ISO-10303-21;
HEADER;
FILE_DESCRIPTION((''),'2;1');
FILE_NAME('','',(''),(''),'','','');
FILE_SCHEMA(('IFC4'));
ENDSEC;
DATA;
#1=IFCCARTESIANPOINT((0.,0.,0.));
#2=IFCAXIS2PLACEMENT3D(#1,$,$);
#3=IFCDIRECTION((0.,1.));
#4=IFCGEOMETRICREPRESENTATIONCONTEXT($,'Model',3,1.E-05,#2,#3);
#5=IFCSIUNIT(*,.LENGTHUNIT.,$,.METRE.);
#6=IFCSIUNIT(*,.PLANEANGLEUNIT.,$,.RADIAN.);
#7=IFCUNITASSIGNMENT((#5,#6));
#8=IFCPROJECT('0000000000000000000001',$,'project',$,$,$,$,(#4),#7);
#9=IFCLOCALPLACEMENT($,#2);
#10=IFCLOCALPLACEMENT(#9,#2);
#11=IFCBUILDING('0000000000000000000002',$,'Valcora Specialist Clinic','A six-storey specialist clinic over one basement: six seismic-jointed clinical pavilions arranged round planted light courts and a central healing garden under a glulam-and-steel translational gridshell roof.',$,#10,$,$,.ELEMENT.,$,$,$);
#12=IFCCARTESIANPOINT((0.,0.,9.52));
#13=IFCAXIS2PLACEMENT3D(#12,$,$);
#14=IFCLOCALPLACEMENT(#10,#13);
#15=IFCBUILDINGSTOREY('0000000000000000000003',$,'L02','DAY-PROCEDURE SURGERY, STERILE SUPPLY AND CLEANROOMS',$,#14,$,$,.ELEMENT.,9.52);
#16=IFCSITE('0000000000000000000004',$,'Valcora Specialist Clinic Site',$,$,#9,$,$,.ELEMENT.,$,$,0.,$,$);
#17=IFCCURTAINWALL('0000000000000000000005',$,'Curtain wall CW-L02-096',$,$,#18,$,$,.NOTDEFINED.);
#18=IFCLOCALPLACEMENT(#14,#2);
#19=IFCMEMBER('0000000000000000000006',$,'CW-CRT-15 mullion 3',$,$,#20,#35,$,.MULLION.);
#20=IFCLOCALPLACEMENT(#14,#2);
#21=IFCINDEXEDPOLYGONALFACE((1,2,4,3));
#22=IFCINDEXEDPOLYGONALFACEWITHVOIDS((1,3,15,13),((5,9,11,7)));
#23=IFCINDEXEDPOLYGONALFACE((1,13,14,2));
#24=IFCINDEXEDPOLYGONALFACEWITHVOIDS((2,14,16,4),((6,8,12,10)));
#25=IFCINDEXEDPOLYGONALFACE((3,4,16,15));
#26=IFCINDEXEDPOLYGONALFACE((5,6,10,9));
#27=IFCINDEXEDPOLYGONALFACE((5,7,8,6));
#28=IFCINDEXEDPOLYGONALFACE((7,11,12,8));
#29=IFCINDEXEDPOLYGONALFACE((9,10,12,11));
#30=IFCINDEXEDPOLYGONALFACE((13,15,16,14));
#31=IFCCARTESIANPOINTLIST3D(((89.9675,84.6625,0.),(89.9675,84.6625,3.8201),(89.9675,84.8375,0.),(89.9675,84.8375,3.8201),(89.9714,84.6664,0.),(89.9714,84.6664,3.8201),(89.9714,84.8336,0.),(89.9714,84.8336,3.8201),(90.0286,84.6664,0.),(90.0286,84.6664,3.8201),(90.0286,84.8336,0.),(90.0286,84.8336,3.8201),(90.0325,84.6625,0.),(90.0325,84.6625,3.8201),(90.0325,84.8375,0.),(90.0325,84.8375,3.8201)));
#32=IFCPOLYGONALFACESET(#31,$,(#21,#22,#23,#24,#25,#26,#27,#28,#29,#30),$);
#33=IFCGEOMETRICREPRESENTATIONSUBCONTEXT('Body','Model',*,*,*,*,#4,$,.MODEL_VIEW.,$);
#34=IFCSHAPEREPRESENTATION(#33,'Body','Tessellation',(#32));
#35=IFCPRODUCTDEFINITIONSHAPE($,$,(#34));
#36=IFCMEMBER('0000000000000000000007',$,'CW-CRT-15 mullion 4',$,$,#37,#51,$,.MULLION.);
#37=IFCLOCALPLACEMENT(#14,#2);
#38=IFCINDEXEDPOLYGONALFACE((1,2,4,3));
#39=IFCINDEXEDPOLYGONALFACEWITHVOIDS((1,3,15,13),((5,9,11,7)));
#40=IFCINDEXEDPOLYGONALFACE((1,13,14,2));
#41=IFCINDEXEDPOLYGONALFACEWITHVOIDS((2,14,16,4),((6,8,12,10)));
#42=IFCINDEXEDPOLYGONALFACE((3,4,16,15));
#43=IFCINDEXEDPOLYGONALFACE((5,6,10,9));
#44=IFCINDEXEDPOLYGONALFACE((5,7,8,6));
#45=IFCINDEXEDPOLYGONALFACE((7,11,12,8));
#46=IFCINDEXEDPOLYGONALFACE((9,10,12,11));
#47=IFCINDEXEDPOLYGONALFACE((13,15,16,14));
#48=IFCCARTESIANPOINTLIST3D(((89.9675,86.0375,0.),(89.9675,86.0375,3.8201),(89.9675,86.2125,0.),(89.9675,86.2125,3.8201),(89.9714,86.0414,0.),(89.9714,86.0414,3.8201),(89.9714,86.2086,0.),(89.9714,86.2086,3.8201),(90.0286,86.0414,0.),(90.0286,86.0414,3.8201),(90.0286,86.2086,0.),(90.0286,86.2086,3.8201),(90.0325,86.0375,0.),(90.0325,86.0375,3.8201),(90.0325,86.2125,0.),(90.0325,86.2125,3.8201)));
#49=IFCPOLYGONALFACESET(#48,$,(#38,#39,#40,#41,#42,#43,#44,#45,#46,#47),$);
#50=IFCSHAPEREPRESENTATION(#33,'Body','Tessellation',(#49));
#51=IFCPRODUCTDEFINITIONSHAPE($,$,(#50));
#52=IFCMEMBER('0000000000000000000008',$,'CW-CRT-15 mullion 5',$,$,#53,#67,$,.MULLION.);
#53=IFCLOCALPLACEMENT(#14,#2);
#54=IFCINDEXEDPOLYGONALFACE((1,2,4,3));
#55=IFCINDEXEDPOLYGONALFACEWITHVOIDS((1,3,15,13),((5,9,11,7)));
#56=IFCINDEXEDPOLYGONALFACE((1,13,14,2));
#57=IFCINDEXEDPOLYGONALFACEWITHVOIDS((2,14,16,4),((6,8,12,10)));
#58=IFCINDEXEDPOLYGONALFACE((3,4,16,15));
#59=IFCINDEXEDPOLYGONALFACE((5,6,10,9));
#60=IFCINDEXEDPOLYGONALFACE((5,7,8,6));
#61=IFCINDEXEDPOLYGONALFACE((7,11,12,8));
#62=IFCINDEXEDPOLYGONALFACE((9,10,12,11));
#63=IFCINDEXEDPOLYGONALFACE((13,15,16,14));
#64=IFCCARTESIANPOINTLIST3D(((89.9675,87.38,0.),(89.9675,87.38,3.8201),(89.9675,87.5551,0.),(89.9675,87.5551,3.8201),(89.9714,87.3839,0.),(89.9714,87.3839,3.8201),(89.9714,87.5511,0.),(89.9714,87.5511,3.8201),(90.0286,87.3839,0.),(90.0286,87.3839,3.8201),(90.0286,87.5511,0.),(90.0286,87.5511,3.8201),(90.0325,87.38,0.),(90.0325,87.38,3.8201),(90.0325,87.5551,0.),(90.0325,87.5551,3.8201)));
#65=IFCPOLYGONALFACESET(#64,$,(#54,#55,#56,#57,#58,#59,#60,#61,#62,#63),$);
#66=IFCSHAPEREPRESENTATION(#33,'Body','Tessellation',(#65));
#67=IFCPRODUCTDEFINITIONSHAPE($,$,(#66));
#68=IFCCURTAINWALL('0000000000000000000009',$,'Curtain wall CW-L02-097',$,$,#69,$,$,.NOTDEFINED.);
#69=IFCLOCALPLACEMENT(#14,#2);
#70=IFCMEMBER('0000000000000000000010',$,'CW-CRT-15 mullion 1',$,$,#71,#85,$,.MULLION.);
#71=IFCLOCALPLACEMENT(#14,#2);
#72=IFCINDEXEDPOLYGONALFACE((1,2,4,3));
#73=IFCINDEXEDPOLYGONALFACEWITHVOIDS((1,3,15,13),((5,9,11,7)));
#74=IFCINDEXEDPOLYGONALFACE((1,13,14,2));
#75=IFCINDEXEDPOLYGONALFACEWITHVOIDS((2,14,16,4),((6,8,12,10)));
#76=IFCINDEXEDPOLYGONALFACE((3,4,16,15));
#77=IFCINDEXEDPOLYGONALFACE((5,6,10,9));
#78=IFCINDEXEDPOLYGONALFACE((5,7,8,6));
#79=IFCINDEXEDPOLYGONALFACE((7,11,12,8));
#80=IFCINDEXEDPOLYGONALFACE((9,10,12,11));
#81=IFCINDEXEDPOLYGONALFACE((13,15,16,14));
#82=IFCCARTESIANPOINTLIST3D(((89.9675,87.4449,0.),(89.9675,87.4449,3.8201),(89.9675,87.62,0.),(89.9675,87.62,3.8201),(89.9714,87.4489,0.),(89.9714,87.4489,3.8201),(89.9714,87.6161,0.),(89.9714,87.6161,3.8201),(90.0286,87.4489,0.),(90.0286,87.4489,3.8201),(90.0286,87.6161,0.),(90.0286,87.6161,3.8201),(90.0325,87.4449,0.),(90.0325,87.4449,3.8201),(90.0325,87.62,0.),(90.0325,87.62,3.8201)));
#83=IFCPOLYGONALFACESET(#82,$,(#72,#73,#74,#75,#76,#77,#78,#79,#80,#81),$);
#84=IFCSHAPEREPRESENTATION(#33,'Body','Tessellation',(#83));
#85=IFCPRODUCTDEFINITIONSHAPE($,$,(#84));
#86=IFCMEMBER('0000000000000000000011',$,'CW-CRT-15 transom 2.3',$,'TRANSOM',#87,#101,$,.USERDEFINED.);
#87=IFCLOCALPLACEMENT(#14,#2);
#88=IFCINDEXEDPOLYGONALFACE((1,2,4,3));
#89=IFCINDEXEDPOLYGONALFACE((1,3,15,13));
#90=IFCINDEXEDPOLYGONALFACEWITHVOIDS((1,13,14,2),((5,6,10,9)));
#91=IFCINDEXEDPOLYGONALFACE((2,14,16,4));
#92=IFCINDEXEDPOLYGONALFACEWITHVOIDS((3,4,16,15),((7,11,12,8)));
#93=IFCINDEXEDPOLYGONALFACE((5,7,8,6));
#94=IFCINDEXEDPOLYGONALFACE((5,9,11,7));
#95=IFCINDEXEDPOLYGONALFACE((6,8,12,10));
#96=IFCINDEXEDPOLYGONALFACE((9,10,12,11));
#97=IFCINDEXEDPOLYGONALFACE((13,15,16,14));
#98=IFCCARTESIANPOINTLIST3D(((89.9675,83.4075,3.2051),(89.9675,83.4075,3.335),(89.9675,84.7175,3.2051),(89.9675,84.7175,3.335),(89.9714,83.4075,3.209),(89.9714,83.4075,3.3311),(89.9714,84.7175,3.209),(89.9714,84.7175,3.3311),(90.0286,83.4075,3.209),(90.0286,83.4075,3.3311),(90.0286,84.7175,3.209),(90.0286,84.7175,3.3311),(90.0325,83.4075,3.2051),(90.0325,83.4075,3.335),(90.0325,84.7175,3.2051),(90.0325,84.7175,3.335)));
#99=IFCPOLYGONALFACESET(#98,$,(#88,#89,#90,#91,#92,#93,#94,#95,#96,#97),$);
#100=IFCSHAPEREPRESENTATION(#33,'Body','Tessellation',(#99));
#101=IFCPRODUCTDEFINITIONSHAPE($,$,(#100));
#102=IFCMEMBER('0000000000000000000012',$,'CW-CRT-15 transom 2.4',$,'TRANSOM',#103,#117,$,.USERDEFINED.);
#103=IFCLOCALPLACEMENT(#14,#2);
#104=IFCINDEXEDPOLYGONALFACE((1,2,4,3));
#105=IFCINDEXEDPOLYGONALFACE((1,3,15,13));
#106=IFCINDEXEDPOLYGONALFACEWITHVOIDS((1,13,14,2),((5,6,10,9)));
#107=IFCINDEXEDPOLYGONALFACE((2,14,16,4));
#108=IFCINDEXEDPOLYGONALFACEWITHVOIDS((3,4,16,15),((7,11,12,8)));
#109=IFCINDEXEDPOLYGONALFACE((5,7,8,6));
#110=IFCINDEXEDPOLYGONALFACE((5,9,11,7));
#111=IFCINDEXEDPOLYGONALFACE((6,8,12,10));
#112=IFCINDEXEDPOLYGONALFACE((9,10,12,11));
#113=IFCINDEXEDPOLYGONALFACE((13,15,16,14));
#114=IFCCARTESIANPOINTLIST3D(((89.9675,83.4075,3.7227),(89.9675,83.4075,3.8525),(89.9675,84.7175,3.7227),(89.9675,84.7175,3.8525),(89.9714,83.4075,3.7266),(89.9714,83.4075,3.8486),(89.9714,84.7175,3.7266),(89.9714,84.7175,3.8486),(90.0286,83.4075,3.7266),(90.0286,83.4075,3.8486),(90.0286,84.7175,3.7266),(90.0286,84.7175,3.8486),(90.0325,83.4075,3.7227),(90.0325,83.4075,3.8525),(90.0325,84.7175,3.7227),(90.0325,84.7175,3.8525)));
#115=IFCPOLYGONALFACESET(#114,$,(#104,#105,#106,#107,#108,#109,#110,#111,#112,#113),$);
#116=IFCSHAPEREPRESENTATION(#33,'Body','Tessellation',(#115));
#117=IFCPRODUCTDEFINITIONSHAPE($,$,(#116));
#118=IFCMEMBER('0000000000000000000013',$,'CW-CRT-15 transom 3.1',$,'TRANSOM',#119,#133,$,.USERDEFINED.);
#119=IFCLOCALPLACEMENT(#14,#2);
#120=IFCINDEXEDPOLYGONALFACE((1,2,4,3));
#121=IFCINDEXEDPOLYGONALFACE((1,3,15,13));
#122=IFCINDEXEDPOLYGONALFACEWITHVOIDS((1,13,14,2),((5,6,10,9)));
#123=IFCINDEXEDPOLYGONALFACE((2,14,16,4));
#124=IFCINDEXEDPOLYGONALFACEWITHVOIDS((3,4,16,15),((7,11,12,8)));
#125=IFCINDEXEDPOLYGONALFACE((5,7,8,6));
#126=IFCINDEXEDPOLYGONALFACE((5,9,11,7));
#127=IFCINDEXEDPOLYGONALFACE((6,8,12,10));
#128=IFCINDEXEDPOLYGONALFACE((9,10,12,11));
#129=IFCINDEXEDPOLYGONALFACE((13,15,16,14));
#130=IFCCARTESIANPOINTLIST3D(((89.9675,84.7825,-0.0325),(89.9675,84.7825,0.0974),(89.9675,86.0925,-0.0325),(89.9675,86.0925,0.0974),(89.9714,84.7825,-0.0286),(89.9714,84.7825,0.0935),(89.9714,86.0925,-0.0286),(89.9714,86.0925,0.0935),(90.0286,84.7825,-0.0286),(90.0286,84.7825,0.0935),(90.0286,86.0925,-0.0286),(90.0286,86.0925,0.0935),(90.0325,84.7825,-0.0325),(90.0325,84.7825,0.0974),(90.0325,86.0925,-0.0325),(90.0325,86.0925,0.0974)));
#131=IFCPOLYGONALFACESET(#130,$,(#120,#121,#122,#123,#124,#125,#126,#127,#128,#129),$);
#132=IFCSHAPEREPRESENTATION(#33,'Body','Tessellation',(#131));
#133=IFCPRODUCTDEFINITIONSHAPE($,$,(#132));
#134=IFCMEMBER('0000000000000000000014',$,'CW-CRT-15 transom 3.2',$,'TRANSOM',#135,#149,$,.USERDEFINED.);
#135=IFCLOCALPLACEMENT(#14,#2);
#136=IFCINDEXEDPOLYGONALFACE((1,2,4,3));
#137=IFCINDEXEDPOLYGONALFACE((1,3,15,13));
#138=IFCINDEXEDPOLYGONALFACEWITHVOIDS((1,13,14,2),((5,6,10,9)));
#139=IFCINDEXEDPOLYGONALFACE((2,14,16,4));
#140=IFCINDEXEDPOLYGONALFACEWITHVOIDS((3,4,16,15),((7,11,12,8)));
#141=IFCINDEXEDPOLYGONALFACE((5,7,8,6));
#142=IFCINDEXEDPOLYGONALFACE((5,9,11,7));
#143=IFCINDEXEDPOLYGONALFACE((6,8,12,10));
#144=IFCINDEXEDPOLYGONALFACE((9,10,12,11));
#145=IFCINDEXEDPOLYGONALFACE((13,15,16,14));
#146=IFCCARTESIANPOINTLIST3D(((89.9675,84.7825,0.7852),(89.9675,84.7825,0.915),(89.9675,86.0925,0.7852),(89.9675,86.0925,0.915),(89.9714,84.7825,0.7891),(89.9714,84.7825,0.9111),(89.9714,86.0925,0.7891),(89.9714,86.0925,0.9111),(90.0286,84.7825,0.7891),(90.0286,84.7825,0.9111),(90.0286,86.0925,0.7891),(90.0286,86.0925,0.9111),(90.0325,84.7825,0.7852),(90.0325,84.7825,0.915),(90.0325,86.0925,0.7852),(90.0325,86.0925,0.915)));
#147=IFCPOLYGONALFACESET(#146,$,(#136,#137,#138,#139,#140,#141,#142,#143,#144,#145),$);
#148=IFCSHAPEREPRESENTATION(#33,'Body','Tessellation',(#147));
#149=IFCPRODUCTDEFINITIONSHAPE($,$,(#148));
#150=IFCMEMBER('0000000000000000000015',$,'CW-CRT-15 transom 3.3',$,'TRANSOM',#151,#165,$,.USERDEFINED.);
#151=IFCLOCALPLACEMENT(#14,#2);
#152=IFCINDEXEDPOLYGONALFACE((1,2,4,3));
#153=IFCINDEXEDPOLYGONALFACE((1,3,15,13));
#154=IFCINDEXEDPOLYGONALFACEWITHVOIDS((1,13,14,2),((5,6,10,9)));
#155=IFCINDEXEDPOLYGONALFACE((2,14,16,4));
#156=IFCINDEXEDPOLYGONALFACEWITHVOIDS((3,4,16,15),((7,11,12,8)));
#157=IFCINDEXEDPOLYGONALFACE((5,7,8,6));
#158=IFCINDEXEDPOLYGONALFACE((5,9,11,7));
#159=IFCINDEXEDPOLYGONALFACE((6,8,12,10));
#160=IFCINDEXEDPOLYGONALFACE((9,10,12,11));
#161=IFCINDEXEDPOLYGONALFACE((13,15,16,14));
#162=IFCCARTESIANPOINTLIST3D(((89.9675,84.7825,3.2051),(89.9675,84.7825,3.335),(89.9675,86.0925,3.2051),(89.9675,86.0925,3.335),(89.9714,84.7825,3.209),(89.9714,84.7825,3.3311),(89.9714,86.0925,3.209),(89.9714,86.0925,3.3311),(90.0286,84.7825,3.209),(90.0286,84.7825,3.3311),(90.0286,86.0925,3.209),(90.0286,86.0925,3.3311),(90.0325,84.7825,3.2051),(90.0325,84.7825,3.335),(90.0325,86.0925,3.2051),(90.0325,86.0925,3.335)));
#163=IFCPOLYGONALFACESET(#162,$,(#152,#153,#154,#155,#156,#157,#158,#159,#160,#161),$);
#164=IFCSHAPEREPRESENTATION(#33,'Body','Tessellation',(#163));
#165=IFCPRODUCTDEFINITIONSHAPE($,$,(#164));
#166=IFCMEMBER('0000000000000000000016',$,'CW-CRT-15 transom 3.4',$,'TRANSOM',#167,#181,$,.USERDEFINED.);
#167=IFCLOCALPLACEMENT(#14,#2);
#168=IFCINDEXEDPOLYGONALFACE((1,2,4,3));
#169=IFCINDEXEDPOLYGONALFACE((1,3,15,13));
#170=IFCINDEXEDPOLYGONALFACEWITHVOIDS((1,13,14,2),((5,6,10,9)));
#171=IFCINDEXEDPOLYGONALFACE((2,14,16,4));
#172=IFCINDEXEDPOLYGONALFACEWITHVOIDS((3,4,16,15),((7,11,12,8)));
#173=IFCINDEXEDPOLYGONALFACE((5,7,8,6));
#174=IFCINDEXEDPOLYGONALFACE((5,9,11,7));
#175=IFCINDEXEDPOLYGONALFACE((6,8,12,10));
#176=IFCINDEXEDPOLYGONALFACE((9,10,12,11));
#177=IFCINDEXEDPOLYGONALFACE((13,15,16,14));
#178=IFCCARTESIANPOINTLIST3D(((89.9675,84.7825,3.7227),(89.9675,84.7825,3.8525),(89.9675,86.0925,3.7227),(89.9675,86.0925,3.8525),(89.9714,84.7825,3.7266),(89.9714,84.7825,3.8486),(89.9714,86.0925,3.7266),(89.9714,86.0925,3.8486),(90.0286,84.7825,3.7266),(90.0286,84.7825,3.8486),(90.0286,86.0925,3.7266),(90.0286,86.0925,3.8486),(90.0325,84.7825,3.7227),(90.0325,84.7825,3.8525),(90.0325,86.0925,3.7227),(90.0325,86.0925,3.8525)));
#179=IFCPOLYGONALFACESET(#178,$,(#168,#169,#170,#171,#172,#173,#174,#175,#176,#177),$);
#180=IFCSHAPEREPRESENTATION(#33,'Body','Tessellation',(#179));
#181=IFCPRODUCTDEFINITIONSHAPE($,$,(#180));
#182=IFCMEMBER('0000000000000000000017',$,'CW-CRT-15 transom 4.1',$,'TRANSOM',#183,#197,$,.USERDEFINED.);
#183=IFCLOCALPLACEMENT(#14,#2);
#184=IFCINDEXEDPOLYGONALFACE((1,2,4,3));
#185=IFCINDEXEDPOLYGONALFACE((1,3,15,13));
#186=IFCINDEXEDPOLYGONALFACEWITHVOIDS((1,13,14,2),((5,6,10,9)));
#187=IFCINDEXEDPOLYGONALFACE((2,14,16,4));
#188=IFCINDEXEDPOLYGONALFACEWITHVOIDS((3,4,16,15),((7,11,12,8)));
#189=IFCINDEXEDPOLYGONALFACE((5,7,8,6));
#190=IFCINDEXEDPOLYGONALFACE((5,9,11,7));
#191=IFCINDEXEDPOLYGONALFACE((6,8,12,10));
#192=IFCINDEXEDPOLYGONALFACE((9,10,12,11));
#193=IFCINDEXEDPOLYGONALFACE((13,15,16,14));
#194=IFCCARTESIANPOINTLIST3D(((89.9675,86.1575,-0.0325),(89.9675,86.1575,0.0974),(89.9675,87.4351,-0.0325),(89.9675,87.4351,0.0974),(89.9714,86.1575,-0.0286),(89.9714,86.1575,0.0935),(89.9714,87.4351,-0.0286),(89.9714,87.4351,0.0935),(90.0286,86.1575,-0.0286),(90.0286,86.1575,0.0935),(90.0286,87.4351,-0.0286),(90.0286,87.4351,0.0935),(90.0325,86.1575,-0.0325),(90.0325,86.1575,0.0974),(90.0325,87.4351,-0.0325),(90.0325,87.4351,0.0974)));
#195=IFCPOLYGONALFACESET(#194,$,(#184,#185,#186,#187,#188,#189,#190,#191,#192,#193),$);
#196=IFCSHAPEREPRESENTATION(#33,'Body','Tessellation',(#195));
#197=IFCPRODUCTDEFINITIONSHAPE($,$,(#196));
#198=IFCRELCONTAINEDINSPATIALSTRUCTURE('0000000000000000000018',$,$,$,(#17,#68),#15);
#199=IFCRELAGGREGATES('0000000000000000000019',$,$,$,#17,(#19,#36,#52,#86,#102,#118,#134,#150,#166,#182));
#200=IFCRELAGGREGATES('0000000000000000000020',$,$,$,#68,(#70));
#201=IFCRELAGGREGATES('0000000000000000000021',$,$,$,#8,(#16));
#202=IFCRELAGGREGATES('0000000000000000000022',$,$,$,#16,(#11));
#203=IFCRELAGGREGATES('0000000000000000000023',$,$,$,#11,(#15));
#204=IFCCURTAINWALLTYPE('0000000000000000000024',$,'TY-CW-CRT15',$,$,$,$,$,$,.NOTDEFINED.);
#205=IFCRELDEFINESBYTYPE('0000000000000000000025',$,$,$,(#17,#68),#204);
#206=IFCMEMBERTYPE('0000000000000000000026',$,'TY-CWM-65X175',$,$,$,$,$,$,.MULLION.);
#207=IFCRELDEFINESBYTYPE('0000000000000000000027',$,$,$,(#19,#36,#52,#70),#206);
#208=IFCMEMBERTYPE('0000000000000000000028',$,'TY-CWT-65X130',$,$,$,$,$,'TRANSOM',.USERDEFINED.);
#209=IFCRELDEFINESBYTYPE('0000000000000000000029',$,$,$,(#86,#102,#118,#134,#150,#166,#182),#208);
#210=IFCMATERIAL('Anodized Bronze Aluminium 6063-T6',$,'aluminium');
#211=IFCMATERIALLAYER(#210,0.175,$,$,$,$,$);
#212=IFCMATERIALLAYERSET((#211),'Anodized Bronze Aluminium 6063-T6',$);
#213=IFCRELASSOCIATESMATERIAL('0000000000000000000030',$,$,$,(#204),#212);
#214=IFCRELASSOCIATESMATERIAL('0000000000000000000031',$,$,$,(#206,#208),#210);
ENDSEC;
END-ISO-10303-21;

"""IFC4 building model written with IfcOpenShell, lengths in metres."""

from ifc_helpers import new_model, si_unit, direction, frame, origin, origin_2d, place, context, subcontext, project, spatial, hollow_rectangle, extrude, material, layer, layer_set, material_profile, profile_set, type_object, element, aggregate, save


model = new_model("IFC4")

# Units and contexts
model_context = context("Model", 3, precision=1e-05, world=origin(), true_north=direction((0.0, 1.0)))
body_context = subcontext(model_context, "Body", "Model", "MODEL_VIEW")
ifc_project = project(units=[si_unit("LENGTHUNIT", "METRE"), si_unit("PLANEANGLEUNIT", "RADIAN")], contexts=[model_context])

# Site, building, storey
site_placement = place(None, origin())
site = spatial("IfcSite", under=ifc_project, at=site_placement, Name="Valcora Specialist Clinic Site", CompositionType="ELEMENT", RefElevation=0.0)
building_placement = place(site_placement, origin())
building = spatial("IfcBuilding", under=site, at=building_placement, Name="Valcora Specialist Clinic", Description="A six-storey specialist clinic over one basement: six seismic-jointed clinical pavilions arranged round planted light courts and a central healing garden under a glulam-and-steel translational gridshell roof.", CompositionType="ELEMENT")
storey_placement = place(building_placement, frame((0.0, 0.0, 9.52)))
storey = spatial("IfcBuildingStorey", under=building, at=storey_placement, Name="L02", Description="DAY-PROCEDURE SURGERY, STERILE SUPPLY AND CLEANROOMS", CompositionType="ELEMENT", Elevation=9.52)

# Curtain wall, members
ifc_material_1 = material(Name="Anodized Bronze Aluminium 6063-T6", Category="aluminium")
ifc_layer_1 = layer(ifc_material_1, 0.175)
ifc_layer_set_1 = layer_set([ifc_layer_1], Name="Anodized Bronze Aluminium 6063-T6")
curtain_wall_type = type_object("IfcCurtainWallType", Name="TY-CW-CRT15", PredefinedType="NOTDEFINED", material=ifc_layer_set_1)
curtain_wall_1_placement = place(storey_placement, origin())
curtain_wall_1 = element("IfcCurtainWall", 1, at=curtain_wall_1_placement, inside=storey, type_object=curtain_wall_type, Name="Curtain wall CW-L02-096", PredefinedType="NOTDEFINED")
ifc_material_profile_1 = material_profile(ifc_material_1, hollow_rectangle(XDim=0.0649, YDim=0.175, WallThickness=0.0039, at=origin_2d()), Name="AL-MUL-65X175")
ifc_profile_set_1 = profile_set([ifc_material_profile_1], Name="Anodized Bronze Aluminium 6063-T6")
member_type_1 = type_object("IfcMemberType", Name="TY-CWM-65X175", PredefinedType="MULLION", material=ifc_profile_set_1)
member_1_placement = place(storey_placement, frame((90.0, 84.75, 0.0), z_axis=(0.0, 0.0, 1.0), x_axis=(-1.0, 0.0, 0.0)))
member_1 = element("IfcMember", 2, at=member_1_placement, type_object=member_type_1, Name="CW-CRT-15 mullion 3", PredefinedType="MULLION", context=body_context, shape_type="SweptSolid", body=[
    extrude(hollow_rectangle(XDim=0.0649, YDim=0.175, WallThickness=0.0039, at=origin_2d()), origin(), (0.0, 0.0, 1.0), 3.8201),
])
member_2_placement = place(storey_placement, frame((90.0, 86.125, 0.0), z_axis=(0.0, 0.0, 1.0), x_axis=(-1.0, 0.0, 0.0)))
member_2 = element("IfcMember", 3, at=member_2_placement, type_object=member_type_1, Name="CW-CRT-15 mullion 4", PredefinedType="MULLION", context=body_context, shape_type="SweptSolid", body=[
    extrude(hollow_rectangle(XDim=0.0649, YDim=0.175, WallThickness=0.0039, at=origin_2d()), origin(), (0.0, 0.0, 1.0), 3.8201),
])
member_3_placement = place(storey_placement, frame((90.0, 87.4675, 0.0), z_axis=(0.0, 0.0, 1.0), x_axis=(-1.0, 0.0, 0.0)))
member_3 = element("IfcMember", 4, at=member_3_placement, type_object=member_type_1, Name="CW-CRT-15 mullion 5", PredefinedType="MULLION", context=body_context, shape_type="SweptSolid", body=[
    extrude(hollow_rectangle(XDim=0.0649, YDim=0.175, WallThickness=0.0039, at=origin_2d()), origin(), (0.0, 0.0, 1.0), 3.8201),
])

# Curtain wall, member
curtain_wall_2_placement = place(storey_placement, origin())
curtain_wall_2 = element("IfcCurtainWall", 5, at=curtain_wall_2_placement, inside=storey, type_object=curtain_wall_type, Name="Curtain wall CW-L02-097", PredefinedType="NOTDEFINED")
member_4_placement = place(storey_placement, frame((90.0, 87.5325, 0.0), z_axis=(0.0, 0.0, 1.0), x_axis=(-1.0, 0.0, 0.0)))
member_4 = element("IfcMember", 6, at=member_4_placement, type_object=member_type_1, Name="CW-CRT-15 mullion 1", PredefinedType="MULLION", context=body_context, shape_type="SweptSolid", body=[
    extrude(hollow_rectangle(XDim=0.0649, YDim=0.175, WallThickness=0.0039, at=origin_2d()), origin(), (0.0, 0.0, 1.0), 3.8201),
])

# Members
ifc_material_profile_2 = material_profile(ifc_material_1, hollow_rectangle(XDim=0.0649, YDim=0.1299, WallThickness=0.0039, at=origin_2d()), Name="AL-TRN-65X130")
ifc_profile_set_2 = profile_set([ifc_material_profile_2], Name="Anodized Bronze Aluminium 6063-T6")
member_type_2 = type_object("IfcMemberType", Name="TY-CWT-65X130", ElementType="TRANSOM", PredefinedType="USERDEFINED", material=ifc_profile_set_2)
member_5_placement = place(storey_placement, frame((90.0, 83.4075, 3.27), z_axis=(0.0, 1.0, 0.0), x_axis=(-1.0, 0.0, 0.0)))
member_5 = element("IfcMember", 7, at=member_5_placement, type_object=member_type_2, Name="CW-CRT-15 transom 2.3", ObjectType="TRANSOM", PredefinedType="USERDEFINED", context=body_context, shape_type="SweptSolid", body=[
    extrude(hollow_rectangle(XDim=0.0649, YDim=0.1299, WallThickness=0.0039, at=origin_2d()), origin(), (0.0, 0.0, 1.0), 1.3101),
])
member_6_placement = place(storey_placement, frame((90.0, 83.4075, 3.7876), z_axis=(0.0, 1.0, 0.0), x_axis=(-1.0, 0.0, 0.0)))
member_6 = element("IfcMember", 8, at=member_6_placement, type_object=member_type_2, Name="CW-CRT-15 transom 2.4", ObjectType="TRANSOM", PredefinedType="USERDEFINED", context=body_context, shape_type="SweptSolid", body=[
    extrude(hollow_rectangle(XDim=0.0649, YDim=0.1299, WallThickness=0.0039, at=origin_2d()), origin(), (0.0, 0.0, 1.0), 1.3101),
])
member_7_placement = place(storey_placement, frame((90.0, 84.7825, 0.0325), z_axis=(0.0, 1.0, 0.0), x_axis=(-1.0, 0.0, 0.0)))
member_7 = element("IfcMember", 9, at=member_7_placement, type_object=member_type_2, Name="CW-CRT-15 transom 3.1", ObjectType="TRANSOM", PredefinedType="USERDEFINED", context=body_context, shape_type="SweptSolid", body=[
    extrude(hollow_rectangle(XDim=0.0649, YDim=0.1299, WallThickness=0.0039, at=origin_2d()), origin(), (0.0, 0.0, 1.0), 1.3101),
])
member_8_placement = place(storey_placement, frame((90.0, 84.7825, 0.8501), z_axis=(0.0, 1.0, 0.0), x_axis=(-1.0, 0.0, 0.0)))
member_8 = element("IfcMember", 10, at=member_8_placement, type_object=member_type_2, Name="CW-CRT-15 transom 3.2", ObjectType="TRANSOM", PredefinedType="USERDEFINED", context=body_context, shape_type="SweptSolid", body=[
    extrude(hollow_rectangle(XDim=0.0649, YDim=0.1299, WallThickness=0.0039, at=origin_2d()), origin(), (0.0, 0.0, 1.0), 1.3101),
])
member_9_placement = place(storey_placement, frame((90.0, 84.7825, 3.27), z_axis=(0.0, 1.0, 0.0), x_axis=(-1.0, 0.0, 0.0)))
member_9 = element("IfcMember", 11, at=member_9_placement, type_object=member_type_2, Name="CW-CRT-15 transom 3.3", ObjectType="TRANSOM", PredefinedType="USERDEFINED", context=body_context, shape_type="SweptSolid", body=[
    extrude(hollow_rectangle(XDim=0.0649, YDim=0.1299, WallThickness=0.0039, at=origin_2d()), origin(), (0.0, 0.0, 1.0), 1.3101),
])
member_10_placement = place(storey_placement, frame((90.0, 84.7825, 3.7876), z_axis=(0.0, 1.0, 0.0), x_axis=(-1.0, 0.0, 0.0)))
member_10 = element("IfcMember", 12, at=member_10_placement, type_object=member_type_2, Name="CW-CRT-15 transom 3.4", ObjectType="TRANSOM", PredefinedType="USERDEFINED", context=body_context, shape_type="SweptSolid", body=[
    extrude(hollow_rectangle(XDim=0.0649, YDim=0.1299, WallThickness=0.0039, at=origin_2d()), origin(), (0.0, 0.0, 1.0), 1.3101),
])
member_11_placement = place(storey_placement, frame((90.0, 86.1575, 0.0325), z_axis=(0.0, 1.0, 0.0), x_axis=(-1.0, 0.0, 0.0)))
member_11 = element("IfcMember", 13, at=member_11_placement, type_object=member_type_2, Name="CW-CRT-15 transom 4.1", ObjectType="TRANSOM", PredefinedType="USERDEFINED", context=body_context, shape_type="SweptSolid", body=[
    extrude(hollow_rectangle(XDim=0.0649, YDim=0.1299, WallThickness=0.0039, at=origin_2d()), origin(), (0.0, 0.0, 1.0), 1.2776),
])

aggregate(curtain_wall_1, [member_1, member_2, member_3, member_5, member_6, member_7, member_8, member_9, member_10, member_11])
aggregate(curtain_wall_2, [member_4])

save(model, "model.ifc")
